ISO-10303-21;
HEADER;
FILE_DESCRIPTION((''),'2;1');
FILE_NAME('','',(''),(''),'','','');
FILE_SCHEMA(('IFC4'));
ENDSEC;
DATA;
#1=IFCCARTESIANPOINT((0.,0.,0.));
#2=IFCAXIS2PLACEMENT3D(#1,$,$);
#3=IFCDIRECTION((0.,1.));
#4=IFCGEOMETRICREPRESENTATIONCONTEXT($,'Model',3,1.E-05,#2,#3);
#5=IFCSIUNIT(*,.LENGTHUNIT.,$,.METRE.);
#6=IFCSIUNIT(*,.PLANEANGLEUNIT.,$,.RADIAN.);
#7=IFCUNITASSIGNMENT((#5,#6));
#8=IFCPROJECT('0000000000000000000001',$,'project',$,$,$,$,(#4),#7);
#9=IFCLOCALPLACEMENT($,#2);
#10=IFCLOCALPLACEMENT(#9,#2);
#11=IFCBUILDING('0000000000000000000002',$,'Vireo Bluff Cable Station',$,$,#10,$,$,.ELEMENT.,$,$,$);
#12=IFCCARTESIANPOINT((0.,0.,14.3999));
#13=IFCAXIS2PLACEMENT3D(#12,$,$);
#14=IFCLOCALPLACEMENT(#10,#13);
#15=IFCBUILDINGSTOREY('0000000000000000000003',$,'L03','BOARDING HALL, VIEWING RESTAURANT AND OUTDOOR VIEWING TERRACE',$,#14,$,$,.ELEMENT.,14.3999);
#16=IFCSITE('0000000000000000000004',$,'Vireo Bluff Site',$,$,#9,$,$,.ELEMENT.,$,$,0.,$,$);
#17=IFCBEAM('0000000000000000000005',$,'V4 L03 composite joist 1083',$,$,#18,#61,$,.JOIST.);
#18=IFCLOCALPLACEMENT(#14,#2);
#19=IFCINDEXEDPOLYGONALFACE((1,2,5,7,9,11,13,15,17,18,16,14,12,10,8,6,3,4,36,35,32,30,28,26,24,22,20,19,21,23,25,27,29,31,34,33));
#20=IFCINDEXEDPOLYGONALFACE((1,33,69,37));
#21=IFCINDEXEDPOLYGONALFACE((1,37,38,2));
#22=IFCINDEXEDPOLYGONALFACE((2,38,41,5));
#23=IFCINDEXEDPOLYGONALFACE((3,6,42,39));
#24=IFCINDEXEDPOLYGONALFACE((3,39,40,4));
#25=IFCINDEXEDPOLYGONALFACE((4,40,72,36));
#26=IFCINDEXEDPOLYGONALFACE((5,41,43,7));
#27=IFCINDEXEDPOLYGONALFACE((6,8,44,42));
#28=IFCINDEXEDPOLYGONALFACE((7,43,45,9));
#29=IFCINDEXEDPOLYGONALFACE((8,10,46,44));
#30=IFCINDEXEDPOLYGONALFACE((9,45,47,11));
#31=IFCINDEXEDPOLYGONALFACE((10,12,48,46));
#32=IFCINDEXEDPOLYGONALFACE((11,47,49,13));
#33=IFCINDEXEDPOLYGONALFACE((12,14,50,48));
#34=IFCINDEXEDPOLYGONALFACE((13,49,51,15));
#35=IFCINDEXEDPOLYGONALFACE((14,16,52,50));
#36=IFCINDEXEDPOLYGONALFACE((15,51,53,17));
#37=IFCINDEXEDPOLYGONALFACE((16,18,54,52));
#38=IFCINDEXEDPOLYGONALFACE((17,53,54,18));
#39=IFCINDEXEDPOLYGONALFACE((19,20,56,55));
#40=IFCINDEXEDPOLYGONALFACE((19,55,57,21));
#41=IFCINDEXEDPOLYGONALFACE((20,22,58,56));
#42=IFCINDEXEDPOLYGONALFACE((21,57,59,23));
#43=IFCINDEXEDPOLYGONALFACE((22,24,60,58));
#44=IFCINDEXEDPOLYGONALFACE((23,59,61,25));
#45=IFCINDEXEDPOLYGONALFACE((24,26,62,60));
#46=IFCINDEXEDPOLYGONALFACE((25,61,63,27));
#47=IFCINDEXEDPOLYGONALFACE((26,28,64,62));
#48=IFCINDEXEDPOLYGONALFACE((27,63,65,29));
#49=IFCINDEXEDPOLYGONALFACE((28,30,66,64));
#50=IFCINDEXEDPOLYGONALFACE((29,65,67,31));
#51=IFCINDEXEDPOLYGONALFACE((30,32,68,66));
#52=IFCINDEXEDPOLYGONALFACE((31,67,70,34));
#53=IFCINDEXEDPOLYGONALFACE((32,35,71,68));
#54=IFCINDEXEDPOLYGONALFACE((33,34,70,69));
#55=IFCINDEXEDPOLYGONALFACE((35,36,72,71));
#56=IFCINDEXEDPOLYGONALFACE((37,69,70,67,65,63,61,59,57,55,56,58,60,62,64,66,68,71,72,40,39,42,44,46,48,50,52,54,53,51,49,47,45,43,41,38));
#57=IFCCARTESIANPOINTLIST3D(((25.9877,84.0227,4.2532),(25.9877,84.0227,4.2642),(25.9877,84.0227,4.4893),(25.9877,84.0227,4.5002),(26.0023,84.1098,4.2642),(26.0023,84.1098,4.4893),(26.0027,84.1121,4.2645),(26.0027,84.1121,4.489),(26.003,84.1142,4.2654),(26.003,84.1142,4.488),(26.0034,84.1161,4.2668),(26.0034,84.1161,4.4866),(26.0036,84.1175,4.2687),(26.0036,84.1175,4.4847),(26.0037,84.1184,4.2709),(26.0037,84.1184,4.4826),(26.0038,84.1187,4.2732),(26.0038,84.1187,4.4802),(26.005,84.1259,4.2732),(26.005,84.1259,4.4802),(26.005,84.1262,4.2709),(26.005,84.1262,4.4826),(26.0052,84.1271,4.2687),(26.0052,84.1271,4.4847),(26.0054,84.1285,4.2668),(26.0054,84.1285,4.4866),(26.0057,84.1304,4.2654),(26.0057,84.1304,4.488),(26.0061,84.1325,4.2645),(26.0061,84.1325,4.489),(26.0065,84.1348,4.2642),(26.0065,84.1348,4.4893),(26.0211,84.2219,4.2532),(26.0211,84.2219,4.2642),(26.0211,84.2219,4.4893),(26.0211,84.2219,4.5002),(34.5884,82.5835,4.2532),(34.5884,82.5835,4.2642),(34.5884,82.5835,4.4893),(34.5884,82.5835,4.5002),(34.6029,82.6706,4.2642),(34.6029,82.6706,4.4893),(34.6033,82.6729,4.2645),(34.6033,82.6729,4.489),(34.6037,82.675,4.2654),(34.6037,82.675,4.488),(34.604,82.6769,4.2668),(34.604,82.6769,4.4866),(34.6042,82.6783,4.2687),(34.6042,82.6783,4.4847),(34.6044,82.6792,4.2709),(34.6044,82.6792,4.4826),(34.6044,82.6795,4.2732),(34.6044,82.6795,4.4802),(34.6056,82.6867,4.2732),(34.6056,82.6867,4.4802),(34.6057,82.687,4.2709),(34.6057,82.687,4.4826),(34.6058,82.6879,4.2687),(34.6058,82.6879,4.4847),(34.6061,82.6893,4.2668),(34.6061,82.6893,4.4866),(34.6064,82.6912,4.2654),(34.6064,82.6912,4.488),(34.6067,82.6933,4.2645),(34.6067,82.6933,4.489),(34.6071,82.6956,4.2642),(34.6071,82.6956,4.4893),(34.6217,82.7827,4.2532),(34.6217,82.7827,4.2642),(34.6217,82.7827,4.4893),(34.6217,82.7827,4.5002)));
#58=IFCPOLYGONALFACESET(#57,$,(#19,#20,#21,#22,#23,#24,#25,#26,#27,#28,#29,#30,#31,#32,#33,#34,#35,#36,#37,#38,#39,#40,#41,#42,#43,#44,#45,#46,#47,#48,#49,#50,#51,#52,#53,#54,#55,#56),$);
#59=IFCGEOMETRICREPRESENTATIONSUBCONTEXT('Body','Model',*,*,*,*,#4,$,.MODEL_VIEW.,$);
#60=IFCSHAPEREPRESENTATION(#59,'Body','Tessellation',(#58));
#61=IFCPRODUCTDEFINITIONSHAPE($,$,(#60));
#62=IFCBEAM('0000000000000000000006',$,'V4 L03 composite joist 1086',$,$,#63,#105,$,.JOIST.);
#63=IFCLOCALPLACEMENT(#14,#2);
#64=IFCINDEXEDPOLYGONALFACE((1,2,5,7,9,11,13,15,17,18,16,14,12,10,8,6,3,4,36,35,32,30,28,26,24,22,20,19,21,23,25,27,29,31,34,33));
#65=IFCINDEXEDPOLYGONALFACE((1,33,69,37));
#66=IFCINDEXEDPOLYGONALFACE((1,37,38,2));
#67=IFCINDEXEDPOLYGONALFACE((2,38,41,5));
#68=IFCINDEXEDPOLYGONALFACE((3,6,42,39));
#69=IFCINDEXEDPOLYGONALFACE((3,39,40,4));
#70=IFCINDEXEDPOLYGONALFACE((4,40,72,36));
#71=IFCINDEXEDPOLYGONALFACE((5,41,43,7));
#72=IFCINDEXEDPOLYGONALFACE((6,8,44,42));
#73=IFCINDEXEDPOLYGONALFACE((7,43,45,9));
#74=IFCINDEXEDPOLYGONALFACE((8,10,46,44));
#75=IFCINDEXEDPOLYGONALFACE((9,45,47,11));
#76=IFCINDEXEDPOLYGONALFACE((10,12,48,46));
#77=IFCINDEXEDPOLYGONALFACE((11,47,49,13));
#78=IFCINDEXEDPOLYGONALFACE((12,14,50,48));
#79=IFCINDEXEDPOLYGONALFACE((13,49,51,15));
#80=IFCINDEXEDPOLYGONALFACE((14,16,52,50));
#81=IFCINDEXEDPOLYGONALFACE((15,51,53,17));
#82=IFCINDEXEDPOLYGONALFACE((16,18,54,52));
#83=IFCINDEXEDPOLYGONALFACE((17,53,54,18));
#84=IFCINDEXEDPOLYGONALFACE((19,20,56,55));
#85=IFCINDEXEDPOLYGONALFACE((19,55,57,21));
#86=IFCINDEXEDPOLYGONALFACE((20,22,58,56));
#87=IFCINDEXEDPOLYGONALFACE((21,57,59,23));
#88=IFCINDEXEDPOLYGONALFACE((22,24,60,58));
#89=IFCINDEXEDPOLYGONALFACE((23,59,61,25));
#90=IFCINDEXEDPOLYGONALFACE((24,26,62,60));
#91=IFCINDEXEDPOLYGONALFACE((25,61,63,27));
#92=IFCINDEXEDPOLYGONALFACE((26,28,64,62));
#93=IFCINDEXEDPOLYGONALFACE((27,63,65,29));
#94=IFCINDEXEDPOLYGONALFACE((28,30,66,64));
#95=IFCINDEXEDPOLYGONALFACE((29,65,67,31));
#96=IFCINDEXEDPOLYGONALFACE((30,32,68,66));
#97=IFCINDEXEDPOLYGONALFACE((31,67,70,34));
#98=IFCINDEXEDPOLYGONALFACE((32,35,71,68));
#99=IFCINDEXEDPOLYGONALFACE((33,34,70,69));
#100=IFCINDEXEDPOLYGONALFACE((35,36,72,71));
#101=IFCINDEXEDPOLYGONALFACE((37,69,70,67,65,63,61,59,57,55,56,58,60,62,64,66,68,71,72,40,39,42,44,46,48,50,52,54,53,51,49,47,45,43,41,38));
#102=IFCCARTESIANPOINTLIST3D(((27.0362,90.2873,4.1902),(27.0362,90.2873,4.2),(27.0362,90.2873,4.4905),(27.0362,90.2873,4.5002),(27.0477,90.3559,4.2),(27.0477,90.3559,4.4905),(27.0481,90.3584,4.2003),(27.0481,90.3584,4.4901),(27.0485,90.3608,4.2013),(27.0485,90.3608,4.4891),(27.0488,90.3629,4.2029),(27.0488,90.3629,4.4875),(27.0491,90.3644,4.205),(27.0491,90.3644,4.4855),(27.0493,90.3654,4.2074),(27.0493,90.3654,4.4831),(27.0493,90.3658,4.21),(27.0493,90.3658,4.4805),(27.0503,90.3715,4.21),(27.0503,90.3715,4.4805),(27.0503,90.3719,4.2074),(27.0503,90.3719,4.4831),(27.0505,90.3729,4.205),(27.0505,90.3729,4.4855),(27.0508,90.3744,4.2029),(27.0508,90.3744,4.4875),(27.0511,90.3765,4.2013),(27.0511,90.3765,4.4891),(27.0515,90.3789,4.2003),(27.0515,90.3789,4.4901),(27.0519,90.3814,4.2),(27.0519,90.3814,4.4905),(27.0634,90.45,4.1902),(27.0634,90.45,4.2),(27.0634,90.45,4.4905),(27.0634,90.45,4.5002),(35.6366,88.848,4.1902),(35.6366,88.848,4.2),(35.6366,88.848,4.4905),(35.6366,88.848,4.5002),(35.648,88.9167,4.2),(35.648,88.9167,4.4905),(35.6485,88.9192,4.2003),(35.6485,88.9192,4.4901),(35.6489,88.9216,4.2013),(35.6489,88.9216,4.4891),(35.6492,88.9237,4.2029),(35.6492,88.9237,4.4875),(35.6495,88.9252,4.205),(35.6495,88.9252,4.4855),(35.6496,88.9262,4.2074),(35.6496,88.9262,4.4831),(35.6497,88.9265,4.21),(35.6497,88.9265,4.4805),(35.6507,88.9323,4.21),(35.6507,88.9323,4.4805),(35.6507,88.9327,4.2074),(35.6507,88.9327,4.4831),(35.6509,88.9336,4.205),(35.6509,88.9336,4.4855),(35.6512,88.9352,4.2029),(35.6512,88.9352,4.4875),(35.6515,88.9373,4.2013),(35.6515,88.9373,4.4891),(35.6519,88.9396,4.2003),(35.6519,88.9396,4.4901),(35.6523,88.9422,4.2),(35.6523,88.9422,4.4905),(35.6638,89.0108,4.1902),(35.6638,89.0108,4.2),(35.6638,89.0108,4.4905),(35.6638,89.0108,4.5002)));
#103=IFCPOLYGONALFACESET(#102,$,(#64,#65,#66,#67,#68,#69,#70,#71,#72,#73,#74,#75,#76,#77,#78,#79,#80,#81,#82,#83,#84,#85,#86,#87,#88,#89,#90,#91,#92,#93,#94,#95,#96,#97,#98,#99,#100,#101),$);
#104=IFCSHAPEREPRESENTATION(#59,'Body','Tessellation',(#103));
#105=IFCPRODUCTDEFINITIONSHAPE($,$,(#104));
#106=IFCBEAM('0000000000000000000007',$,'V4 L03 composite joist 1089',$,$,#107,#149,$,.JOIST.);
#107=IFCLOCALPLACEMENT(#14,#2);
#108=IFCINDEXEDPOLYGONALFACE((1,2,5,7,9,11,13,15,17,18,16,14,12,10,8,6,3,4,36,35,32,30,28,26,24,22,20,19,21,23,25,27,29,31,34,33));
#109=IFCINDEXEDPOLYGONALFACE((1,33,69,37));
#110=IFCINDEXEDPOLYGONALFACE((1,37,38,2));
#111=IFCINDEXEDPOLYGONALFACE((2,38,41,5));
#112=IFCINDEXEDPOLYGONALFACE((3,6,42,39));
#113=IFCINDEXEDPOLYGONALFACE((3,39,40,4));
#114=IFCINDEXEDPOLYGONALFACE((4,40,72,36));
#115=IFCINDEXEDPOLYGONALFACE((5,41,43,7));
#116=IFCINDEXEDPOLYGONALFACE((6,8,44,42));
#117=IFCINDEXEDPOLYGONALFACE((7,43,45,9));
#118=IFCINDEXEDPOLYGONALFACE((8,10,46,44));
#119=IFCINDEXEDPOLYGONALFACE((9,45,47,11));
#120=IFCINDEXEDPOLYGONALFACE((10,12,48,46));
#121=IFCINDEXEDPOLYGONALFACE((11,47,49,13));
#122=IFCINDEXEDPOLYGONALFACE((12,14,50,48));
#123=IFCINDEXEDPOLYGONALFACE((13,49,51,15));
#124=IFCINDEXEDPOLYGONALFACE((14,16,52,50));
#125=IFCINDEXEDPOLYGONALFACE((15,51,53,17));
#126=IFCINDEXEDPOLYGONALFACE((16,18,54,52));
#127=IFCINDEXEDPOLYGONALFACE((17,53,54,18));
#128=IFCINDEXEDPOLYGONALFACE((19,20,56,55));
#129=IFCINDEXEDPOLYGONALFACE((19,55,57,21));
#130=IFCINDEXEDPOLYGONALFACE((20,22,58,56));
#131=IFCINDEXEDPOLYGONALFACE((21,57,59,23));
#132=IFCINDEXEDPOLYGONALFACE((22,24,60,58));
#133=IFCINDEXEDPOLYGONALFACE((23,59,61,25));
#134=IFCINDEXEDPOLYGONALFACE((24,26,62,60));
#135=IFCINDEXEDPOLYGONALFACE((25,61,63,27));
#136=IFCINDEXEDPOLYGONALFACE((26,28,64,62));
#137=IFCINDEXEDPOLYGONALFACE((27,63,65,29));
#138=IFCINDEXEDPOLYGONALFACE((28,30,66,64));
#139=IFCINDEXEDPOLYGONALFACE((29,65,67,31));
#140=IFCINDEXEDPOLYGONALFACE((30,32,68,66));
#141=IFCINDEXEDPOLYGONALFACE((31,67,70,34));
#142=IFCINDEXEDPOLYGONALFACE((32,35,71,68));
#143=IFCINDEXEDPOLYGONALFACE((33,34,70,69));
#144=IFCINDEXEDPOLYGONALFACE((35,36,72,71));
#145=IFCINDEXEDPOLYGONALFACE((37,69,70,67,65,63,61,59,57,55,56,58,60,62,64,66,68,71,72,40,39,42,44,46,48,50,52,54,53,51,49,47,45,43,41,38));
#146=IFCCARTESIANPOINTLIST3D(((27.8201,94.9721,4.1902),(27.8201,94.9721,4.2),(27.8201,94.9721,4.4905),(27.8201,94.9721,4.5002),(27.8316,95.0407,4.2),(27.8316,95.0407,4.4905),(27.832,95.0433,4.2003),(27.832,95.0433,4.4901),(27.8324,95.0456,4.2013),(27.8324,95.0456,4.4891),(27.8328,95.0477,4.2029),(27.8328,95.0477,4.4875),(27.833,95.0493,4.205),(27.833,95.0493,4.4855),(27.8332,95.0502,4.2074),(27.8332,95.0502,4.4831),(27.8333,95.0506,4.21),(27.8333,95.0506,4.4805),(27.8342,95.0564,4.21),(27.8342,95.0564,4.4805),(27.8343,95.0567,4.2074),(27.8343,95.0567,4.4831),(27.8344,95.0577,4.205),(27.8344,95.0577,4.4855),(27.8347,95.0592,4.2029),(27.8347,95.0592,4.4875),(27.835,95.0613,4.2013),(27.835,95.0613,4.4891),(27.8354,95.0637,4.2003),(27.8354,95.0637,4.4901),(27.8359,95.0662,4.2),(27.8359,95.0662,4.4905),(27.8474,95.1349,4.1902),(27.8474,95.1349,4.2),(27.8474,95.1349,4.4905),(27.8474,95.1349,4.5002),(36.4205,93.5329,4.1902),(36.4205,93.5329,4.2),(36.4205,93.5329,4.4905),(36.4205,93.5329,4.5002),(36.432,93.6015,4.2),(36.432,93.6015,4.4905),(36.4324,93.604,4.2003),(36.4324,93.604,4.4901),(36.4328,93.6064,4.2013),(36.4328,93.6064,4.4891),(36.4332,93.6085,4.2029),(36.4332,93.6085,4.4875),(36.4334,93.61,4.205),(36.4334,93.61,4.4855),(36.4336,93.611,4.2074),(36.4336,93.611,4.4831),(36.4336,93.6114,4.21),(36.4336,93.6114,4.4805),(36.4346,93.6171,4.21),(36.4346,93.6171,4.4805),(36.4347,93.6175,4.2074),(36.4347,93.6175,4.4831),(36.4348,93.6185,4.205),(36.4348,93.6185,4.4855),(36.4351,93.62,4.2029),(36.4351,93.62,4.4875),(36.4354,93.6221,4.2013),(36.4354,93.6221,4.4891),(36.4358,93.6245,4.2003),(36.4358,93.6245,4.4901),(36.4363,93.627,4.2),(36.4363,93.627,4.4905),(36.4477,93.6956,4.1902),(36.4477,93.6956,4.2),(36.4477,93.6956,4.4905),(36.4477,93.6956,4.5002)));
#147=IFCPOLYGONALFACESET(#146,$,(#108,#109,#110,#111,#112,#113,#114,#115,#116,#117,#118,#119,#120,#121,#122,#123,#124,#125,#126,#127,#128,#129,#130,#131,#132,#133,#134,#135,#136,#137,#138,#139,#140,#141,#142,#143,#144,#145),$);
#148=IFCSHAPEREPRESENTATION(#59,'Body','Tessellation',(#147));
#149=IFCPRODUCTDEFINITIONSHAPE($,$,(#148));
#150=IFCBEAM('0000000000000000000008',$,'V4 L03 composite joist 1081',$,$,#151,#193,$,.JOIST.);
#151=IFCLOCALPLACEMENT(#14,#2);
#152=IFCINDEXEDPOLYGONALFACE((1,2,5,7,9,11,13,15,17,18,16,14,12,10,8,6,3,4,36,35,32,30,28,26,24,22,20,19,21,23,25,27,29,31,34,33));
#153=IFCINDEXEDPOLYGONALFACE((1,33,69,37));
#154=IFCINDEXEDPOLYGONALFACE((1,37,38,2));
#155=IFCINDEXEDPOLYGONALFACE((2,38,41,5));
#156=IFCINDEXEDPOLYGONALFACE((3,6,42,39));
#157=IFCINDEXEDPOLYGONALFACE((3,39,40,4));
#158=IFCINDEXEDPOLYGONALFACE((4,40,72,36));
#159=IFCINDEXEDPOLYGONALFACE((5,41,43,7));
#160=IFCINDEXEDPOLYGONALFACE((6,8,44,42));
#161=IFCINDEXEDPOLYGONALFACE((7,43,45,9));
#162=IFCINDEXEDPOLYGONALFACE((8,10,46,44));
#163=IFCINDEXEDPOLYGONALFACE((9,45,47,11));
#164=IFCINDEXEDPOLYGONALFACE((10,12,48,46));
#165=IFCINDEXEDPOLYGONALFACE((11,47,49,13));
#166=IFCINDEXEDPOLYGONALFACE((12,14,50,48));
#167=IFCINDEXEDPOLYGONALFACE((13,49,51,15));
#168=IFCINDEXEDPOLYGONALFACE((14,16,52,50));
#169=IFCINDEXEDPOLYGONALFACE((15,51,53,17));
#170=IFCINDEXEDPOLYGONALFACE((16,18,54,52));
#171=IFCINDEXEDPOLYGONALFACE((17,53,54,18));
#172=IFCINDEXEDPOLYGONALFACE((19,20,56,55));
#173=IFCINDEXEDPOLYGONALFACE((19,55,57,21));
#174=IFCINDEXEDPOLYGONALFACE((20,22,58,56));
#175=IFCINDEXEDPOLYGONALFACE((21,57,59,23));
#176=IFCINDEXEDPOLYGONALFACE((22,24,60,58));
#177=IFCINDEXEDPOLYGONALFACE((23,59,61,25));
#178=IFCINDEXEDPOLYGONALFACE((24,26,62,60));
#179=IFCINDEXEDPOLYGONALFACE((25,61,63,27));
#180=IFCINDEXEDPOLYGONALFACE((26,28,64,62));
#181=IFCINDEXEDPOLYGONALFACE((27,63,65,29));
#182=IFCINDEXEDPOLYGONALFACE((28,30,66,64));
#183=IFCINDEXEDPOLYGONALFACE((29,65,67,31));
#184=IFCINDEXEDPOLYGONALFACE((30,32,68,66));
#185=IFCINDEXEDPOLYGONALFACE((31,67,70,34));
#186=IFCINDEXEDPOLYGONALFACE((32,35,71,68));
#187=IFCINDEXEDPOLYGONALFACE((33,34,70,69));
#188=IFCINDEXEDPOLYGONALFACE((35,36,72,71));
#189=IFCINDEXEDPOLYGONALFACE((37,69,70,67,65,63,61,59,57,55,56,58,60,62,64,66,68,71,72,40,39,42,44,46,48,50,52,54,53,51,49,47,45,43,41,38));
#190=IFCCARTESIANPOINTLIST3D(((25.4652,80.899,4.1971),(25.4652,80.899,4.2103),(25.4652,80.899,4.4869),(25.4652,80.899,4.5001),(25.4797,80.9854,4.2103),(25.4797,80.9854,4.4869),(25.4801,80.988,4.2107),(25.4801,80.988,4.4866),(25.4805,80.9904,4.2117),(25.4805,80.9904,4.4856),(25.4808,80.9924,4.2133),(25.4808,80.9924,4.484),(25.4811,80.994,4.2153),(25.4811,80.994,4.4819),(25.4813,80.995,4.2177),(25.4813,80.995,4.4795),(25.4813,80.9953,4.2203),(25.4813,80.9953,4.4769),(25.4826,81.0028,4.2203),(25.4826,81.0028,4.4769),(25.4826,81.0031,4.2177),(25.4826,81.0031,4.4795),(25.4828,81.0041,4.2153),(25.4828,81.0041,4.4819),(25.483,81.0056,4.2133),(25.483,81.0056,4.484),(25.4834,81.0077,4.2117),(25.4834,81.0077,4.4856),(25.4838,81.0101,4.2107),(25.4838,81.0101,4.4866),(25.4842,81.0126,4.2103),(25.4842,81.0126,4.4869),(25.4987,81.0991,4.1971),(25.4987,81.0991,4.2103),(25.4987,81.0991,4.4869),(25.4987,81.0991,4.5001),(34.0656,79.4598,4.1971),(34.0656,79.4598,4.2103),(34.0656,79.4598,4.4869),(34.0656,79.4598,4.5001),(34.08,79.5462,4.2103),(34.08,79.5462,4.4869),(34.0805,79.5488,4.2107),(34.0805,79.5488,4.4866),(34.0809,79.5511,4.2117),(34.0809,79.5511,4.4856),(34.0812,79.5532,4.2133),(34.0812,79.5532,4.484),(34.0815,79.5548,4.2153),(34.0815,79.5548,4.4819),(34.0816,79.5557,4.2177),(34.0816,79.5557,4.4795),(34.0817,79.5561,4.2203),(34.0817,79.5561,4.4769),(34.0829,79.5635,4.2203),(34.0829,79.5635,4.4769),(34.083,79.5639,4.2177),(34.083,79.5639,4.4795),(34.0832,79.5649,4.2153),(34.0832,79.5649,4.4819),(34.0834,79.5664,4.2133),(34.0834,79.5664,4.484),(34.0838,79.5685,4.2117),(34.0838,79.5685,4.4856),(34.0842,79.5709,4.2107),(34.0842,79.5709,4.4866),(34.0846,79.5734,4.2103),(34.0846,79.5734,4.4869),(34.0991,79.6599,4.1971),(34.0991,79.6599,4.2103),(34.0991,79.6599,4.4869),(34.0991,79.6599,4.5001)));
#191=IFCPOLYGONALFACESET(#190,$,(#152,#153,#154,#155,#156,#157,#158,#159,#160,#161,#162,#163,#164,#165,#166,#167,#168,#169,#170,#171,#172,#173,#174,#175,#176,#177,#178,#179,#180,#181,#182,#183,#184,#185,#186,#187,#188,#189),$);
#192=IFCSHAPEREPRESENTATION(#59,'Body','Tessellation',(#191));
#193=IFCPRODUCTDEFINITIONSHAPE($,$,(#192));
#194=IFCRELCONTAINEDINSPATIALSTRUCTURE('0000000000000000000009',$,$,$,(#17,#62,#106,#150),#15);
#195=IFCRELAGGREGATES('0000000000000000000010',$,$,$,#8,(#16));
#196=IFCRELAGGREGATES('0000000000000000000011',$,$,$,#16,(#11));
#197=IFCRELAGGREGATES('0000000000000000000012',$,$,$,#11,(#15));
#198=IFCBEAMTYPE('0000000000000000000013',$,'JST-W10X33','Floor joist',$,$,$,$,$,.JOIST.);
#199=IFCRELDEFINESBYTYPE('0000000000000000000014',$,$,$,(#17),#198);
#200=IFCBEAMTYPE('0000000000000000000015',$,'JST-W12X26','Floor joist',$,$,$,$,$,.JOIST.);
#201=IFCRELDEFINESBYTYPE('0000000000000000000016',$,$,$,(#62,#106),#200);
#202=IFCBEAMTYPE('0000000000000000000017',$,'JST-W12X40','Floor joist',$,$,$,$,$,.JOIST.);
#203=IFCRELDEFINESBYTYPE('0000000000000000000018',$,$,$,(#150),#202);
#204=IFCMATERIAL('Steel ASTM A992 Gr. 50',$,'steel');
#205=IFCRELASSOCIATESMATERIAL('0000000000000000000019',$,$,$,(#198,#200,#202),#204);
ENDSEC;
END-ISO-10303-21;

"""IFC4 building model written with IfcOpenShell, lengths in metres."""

from ifc_helpers import new_model, si_unit, direction, frame, origin, origin_2d, place, context, subcontext, project, spatial, i_section, extrude, material, material_profile, profile_set, type_object, element, save


model = new_model("IFC4")

# Units and contexts
model_context = context("Model", 3, precision=1e-05, world=origin(), true_north=direction((0.0, 1.0)))
body_context = subcontext(model_context, "Body", "Model", "MODEL_VIEW")
ifc_project = project(units=[si_unit("LENGTHUNIT", "METRE"), si_unit("PLANEANGLEUNIT", "RADIAN")], contexts=[model_context])

# Site, building, storey
site_placement = place(None, origin())
site = spatial("IfcSite", under=ifc_project, at=site_placement, Name="Vireo Bluff Site", CompositionType="ELEMENT", RefElevation=0.0)
building_placement = place(site_placement, origin())
building = spatial("IfcBuilding", under=site, at=building_placement, Name="Vireo Bluff Cable Station", CompositionType="ELEMENT")
storey_placement = place(building_placement, frame((0.0, 0.0, 14.3999)))
storey = spatial("IfcBuildingStorey", under=building, at=storey_placement, Name="L03", Description="BOARDING HALL, VIEWING RESTAURANT AND OUTDOOR VIEWING TERRACE", CompositionType="ELEMENT", Elevation=14.3999)

# Shared definitions
ifc_material_1 = material(Name="Steel ASTM A992 Gr. 50", Category="steel")

# Beams
ifc_material_profile_1 = material_profile(ifc_material_1, i_section(OverallWidth=0.2019, OverallDepth=0.2471, WebThickness=0.0073, FlangeThickness=0.011, FilletRadius=0.009, at=origin_2d()), Name="W10X33")
ifc_profile_set_1 = profile_set([ifc_material_profile_1], Name="Steel ASTM A992 Gr. 50")
beam_type_1 = type_object("IfcBeamType", Name="JST-W10X33", Description="Floor joist", PredefinedType="JOIST", material=ifc_profile_set_1)
beam_1_placement = place(storey_placement, frame((26.0044, 84.1223, 4.3767), z_axis=(0.986286, -0.165044, 0.0), x_axis=(0.165044, 0.986286, 0.0)))
element("IfcBeam", 1, at=beam_1_placement, inside=storey, type_object=beam_type_1, Name="V4 L03 composite joist 1083", PredefinedType="JOIST", context=body_context, shape_type="SweptSolid", body=[
    extrude(i_section(OverallWidth=0.2019, OverallDepth=0.2471, WebThickness=0.0073, FlangeThickness=0.011, FilletRadius=0.009, at=origin_2d()), origin(), (0.0, 0.0, 1.0), 8.7202),
])
ifc_material_profile_2 = material_profile(ifc_material_1, i_section(OverallWidth=0.165, OverallDepth=0.3101, WebThickness=0.0059, FlangeThickness=0.0098, FilletRadius=0.01, at=origin_2d()), Name="W12X26")
ifc_profile_set_2 = profile_set([ifc_material_profile_2], Name="Steel ASTM A992 Gr. 50")
beam_type_2 = type_object("IfcBeamType", Name="JST-W12X26", Description="Floor joist", PredefinedType="JOIST", material=ifc_profile_set_2)
for number, where, z_axis, x_axis, name in (
    (2, (27.0498, 90.3687, 4.3452), (0.986286, -0.165048, 0.0), (0.165048, 0.986286, 0.0), "V4 L03 composite joist 1086"),
    (3, (27.8337, 95.0535, 4.3452), (0.986286, -0.165048, 0.0), (0.165048, 0.986286, 0.0), "V4 L03 composite joist 1089"),
):
    element("IfcBeam", number, at=place(storey_placement, frame(where, z_axis=z_axis, x_axis=x_axis)), inside=storey, type_object=beam_type_2, Name=name, PredefinedType="JOIST", context=body_context, shape_type="SweptSolid", body=[
        extrude(i_section(OverallWidth=0.165, OverallDepth=0.3101, WebThickness=0.0059, FlangeThickness=0.0098, FilletRadius=0.01, at=origin_2d()), origin(), (0.0, 0.0, 1.0), 8.72),
    ])
ifc_material_profile_3 = material_profile(ifc_material_1, i_section(OverallWidth=0.2029, OverallDepth=0.303, WebThickness=0.0076, FlangeThickness=0.0132, FilletRadius=0.01, at=origin_2d()), Name="W12X40")
ifc_profile_set_3 = profile_set([ifc_material_profile_3], Name="Steel ASTM A992 Gr. 50")
beam_type_3 = type_object("IfcBeamType", Name="JST-W12X40", Description="Floor joist", PredefinedType="JOIST", material=ifc_profile_set_3)
for number, where, z_axis, x_axis, name in (
    (4, (25.4819, 80.999, 4.3486), (0.986286, -0.165048, 0.0), (0.165048, 0.986286, 0.0), "V4 L03 composite joist 1081"),
):
    element("IfcBeam", number, at=place(storey_placement, frame(where, z_axis=z_axis, x_axis=x_axis)), inside=storey, type_object=beam_type_3, Name=name, PredefinedType="JOIST", context=body_context, shape_type="SweptSolid", body=[
        extrude(i_section(OverallWidth=0.2029, OverallDepth=0.303, WebThickness=0.0076, FlangeThickness=0.0132, FilletRadius=0.01, at=origin_2d()), origin(), (0.0, 0.0, 1.0), 8.72),
    ])

save(model, "model.ifc")
